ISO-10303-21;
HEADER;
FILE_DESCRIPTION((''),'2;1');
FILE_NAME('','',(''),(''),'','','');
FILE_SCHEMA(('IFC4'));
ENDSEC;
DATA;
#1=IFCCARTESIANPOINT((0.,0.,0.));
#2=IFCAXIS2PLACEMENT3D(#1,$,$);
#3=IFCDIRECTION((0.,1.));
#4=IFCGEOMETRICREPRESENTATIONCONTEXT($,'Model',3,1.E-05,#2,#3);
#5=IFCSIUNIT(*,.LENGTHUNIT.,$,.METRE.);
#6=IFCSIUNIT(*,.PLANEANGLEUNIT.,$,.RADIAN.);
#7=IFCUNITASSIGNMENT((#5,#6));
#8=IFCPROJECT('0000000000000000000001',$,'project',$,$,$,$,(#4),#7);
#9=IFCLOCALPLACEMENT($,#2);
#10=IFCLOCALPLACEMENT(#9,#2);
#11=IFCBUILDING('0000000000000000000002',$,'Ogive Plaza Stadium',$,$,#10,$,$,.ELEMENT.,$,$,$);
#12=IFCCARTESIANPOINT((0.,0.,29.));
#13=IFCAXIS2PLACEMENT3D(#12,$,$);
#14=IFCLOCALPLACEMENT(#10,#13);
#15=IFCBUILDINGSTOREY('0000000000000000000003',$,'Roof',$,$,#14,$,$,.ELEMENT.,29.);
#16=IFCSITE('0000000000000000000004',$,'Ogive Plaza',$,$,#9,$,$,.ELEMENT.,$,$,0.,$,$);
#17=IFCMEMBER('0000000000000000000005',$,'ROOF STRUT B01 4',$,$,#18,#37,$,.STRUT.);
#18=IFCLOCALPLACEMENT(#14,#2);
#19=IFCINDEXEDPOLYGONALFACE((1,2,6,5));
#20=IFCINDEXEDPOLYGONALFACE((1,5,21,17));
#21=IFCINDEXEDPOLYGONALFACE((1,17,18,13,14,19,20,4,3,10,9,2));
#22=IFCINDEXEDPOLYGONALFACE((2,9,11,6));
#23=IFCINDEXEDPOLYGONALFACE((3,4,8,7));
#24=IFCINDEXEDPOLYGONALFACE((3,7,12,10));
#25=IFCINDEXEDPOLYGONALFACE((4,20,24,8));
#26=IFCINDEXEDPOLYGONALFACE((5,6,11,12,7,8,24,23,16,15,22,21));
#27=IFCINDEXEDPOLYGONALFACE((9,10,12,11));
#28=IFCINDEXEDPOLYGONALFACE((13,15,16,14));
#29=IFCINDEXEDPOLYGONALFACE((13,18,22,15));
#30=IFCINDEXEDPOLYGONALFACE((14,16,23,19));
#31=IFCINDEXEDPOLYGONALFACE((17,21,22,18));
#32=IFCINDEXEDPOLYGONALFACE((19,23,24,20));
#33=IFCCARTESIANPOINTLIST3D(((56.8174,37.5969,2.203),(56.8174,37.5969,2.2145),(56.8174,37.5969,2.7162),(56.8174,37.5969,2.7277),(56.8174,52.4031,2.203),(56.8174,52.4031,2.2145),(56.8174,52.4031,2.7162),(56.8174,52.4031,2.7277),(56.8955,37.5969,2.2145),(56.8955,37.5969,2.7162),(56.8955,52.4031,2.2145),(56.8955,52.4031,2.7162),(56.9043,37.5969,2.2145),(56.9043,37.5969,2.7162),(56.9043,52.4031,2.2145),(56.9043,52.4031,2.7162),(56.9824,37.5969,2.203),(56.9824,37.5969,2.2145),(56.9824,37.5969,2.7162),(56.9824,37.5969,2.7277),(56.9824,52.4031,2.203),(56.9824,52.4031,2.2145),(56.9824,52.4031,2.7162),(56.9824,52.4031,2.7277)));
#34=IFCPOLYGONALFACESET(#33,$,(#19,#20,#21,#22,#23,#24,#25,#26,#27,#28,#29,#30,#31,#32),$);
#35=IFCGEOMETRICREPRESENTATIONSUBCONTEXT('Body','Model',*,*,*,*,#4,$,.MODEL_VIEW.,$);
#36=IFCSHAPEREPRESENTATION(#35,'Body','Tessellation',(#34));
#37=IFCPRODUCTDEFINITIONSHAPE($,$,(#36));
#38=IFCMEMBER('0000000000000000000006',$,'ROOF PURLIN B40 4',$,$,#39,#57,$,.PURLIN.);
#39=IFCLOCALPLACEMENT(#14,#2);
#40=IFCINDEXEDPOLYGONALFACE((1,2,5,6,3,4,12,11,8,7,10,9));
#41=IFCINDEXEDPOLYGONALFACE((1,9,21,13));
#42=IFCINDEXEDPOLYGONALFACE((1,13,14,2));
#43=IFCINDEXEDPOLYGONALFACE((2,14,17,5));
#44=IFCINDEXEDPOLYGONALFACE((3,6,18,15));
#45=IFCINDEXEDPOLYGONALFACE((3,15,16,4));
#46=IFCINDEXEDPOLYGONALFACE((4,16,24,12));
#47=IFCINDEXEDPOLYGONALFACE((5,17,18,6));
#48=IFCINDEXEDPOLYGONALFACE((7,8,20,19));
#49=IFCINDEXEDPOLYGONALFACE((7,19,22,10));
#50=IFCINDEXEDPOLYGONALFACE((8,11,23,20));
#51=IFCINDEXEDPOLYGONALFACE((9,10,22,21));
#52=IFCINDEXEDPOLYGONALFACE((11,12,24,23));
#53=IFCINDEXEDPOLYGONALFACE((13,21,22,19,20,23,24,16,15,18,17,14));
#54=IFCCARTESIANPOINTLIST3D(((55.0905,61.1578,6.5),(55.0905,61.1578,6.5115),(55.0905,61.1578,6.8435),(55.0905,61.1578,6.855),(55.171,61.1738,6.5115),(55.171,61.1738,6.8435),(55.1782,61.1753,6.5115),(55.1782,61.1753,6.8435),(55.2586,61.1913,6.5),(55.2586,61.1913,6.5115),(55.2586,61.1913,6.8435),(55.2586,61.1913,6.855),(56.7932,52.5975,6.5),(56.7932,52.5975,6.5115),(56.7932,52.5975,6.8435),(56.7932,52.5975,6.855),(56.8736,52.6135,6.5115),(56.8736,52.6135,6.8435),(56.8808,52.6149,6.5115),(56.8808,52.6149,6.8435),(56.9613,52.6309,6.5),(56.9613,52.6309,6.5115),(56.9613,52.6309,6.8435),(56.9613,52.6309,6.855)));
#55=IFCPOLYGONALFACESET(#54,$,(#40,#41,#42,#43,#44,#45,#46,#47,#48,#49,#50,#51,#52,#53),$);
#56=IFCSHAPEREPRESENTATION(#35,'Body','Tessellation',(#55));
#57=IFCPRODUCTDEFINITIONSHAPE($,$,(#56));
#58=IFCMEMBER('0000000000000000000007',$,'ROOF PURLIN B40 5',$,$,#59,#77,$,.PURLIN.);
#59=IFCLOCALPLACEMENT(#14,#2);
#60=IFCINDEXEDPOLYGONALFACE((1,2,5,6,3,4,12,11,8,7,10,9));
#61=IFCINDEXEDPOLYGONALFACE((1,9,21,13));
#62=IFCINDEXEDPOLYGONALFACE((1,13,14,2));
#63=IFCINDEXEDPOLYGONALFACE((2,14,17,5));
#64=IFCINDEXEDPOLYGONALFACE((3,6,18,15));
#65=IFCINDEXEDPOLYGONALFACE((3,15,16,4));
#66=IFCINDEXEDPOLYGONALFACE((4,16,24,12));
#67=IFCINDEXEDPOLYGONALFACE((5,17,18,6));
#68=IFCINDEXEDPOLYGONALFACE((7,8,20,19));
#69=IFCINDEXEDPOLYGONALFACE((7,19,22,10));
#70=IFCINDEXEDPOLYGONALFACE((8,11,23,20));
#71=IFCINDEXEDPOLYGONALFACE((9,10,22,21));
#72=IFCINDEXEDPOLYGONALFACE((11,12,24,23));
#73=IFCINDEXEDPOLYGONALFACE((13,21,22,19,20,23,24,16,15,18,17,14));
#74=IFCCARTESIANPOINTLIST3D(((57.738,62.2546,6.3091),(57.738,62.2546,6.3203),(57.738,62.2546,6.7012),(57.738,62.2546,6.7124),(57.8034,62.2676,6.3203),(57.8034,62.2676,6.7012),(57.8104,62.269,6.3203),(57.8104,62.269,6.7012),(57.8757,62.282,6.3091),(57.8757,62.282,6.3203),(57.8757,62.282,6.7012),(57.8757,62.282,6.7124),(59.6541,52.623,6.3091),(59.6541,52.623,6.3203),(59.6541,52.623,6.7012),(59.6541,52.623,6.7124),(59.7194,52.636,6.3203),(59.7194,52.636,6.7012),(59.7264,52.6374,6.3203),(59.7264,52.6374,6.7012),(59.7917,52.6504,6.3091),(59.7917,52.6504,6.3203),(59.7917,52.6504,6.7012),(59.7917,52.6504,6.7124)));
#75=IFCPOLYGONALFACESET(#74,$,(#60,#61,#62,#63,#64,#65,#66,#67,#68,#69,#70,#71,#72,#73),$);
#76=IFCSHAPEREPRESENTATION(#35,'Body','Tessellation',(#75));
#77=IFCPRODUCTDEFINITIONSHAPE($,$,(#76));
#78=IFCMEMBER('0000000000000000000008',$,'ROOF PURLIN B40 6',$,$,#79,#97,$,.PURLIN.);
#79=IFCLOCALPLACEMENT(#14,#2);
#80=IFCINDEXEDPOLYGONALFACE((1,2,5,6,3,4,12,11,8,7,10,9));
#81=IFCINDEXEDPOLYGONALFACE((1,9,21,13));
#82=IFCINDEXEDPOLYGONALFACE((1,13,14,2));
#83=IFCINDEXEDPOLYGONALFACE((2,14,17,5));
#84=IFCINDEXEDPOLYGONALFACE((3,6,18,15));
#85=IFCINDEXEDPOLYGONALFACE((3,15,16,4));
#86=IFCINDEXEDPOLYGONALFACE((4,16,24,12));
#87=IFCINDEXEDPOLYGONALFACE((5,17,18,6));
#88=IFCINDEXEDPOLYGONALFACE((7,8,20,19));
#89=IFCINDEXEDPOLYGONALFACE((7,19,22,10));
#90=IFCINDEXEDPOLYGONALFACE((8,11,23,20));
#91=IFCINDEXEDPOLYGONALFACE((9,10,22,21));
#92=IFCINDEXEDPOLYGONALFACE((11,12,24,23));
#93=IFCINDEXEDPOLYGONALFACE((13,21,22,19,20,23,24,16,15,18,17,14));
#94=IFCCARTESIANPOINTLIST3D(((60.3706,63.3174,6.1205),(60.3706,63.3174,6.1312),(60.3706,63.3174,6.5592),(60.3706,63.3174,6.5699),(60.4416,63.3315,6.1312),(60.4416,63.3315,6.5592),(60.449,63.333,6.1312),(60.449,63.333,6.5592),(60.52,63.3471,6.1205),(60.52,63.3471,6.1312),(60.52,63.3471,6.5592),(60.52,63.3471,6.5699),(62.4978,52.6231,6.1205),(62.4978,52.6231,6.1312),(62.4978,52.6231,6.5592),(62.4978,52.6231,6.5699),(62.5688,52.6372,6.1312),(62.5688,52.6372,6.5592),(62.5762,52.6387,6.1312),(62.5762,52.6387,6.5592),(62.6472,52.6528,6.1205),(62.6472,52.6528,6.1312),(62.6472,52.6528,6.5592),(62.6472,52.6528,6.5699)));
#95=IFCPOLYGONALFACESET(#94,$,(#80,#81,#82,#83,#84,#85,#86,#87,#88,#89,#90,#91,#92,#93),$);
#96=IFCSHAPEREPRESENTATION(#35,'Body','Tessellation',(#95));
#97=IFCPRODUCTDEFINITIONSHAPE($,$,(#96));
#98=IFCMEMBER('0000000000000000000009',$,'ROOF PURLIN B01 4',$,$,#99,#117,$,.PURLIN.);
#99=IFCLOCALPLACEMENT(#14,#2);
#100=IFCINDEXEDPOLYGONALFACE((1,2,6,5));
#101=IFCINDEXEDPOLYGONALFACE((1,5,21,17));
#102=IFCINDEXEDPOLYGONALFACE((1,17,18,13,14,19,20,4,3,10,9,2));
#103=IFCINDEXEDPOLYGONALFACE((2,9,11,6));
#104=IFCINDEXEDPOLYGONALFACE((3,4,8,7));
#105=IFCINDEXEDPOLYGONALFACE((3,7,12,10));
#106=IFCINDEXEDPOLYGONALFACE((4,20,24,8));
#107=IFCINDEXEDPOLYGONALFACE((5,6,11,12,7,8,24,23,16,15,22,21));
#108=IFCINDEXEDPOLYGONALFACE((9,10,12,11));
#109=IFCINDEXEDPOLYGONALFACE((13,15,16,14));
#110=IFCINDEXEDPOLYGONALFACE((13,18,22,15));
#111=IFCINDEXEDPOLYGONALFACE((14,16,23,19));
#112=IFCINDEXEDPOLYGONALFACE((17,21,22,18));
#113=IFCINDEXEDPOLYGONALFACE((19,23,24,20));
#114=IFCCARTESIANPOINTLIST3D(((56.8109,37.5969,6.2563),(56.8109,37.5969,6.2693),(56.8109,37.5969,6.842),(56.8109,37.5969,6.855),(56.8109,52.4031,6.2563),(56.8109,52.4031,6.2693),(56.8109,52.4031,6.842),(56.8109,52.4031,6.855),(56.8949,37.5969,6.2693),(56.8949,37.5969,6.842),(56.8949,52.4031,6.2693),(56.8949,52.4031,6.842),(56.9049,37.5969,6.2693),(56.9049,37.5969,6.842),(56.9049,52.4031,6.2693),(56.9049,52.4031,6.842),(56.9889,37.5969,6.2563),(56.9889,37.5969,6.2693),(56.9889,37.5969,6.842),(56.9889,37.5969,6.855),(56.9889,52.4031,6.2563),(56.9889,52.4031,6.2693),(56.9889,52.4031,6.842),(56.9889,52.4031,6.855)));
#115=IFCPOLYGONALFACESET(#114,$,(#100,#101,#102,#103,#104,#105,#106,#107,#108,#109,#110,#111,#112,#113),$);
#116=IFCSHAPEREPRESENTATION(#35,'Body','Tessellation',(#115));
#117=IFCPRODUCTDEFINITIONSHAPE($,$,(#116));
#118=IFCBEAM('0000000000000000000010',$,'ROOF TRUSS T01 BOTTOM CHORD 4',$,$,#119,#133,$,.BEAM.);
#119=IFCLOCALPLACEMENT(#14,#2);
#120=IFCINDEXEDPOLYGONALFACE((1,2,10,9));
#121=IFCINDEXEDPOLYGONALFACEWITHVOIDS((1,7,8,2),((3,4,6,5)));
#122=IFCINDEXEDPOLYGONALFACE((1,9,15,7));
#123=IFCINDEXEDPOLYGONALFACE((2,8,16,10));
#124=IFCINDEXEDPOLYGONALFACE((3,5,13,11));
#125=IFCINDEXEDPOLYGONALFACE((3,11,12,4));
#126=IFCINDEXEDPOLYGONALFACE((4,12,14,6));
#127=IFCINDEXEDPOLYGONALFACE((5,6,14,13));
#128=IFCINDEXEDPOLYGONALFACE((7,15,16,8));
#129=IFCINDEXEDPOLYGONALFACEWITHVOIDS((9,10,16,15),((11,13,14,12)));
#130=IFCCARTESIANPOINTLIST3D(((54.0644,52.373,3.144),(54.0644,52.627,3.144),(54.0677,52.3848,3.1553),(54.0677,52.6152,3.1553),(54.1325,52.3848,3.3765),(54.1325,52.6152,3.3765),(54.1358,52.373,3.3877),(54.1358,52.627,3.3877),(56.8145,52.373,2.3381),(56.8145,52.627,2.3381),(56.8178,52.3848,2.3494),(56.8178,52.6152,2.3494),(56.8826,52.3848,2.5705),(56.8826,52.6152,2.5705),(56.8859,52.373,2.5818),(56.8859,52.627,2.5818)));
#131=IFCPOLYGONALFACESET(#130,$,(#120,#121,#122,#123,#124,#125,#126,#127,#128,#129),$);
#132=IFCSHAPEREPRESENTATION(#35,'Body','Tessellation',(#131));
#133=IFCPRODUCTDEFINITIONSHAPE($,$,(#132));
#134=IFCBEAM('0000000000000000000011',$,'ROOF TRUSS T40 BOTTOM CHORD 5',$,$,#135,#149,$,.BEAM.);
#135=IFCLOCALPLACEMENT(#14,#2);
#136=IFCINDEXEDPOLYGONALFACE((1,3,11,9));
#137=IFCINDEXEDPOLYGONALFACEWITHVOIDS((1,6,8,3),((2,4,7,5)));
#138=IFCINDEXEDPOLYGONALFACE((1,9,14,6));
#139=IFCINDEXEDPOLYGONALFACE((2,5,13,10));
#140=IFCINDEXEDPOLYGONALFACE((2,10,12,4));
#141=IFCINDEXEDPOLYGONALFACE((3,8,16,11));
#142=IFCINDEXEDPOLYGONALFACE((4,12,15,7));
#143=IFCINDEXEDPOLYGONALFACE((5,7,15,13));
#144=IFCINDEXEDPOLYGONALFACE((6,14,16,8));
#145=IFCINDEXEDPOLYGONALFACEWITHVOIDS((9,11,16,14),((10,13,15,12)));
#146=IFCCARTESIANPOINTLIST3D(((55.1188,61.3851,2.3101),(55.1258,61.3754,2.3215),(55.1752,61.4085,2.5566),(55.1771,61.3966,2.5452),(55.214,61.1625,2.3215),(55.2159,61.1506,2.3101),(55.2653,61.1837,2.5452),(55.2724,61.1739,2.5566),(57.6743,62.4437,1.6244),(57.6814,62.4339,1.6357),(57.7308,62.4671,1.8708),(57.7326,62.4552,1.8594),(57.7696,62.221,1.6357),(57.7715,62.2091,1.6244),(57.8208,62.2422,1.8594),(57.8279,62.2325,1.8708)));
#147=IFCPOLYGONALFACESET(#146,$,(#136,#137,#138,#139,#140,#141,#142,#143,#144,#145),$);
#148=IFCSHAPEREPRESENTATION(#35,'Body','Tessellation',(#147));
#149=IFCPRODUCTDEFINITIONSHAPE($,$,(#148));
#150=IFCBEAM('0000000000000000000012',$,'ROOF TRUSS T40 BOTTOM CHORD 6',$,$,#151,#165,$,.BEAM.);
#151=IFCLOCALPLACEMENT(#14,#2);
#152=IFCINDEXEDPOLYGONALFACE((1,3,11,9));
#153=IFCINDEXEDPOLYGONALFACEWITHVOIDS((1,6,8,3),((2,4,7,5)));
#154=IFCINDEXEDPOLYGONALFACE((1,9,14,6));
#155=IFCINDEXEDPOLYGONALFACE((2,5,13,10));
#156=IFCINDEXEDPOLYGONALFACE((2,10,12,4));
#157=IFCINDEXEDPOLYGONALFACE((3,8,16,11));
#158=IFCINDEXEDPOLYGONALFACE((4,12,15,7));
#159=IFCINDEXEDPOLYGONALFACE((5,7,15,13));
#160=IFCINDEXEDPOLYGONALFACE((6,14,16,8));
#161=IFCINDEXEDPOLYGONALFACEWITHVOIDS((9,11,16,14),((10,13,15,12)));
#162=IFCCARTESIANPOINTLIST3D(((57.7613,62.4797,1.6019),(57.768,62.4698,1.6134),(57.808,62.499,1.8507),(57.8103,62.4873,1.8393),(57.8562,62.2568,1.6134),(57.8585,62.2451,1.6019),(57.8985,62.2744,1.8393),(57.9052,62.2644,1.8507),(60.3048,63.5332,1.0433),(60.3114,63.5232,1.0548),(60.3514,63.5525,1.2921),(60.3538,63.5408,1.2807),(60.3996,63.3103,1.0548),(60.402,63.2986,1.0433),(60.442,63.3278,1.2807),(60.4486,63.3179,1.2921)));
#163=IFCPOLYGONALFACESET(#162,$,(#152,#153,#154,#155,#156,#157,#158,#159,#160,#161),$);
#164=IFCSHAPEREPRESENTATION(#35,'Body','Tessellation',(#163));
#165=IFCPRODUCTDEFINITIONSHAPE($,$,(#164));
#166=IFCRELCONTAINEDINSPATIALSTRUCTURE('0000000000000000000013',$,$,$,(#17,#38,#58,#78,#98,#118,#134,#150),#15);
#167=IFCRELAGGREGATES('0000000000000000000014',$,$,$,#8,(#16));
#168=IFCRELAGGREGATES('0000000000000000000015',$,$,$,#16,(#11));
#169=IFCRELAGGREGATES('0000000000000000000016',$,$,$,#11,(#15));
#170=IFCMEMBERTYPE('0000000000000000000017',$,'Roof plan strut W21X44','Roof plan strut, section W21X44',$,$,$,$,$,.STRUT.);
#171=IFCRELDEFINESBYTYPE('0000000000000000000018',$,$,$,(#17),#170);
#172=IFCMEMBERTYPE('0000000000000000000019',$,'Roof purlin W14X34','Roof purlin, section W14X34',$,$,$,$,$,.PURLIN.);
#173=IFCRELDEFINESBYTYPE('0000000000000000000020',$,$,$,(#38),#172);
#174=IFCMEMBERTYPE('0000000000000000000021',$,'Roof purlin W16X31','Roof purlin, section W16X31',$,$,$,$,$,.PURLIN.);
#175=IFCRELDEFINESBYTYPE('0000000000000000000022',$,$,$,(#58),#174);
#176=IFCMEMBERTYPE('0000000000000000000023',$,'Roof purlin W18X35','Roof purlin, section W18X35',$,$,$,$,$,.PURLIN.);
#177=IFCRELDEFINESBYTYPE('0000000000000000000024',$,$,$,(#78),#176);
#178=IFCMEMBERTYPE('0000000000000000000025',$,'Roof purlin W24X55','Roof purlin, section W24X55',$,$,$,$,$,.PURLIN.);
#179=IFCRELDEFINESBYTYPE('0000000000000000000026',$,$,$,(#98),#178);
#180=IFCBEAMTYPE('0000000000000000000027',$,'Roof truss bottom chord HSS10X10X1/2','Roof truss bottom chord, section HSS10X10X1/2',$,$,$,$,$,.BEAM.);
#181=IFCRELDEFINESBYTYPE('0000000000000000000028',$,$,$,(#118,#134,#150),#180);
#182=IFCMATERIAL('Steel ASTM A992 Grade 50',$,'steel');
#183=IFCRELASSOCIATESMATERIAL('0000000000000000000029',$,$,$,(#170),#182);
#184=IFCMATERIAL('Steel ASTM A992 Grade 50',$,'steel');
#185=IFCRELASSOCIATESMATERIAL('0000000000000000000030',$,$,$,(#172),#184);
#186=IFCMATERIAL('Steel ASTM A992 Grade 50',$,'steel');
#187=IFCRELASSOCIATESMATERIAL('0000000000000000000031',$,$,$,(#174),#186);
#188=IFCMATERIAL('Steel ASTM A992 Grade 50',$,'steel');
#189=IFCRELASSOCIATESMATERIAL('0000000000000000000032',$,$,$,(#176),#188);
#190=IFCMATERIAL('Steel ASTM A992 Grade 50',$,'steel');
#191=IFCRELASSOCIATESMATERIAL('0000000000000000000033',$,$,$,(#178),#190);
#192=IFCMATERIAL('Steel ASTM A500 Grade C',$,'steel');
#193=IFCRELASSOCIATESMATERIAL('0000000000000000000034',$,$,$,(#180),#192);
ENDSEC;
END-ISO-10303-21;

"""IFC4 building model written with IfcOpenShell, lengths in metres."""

from ifc_helpers import new_model, si_unit, direction, frame, origin, origin_2d, place, context, subcontext, project, spatial, hollow_rectangle, i_section, extrude, material, material_profile, profile_set, type_object, element, save


model = new_model("IFC4")

# Units and contexts
model_context = context("Model", 3, precision=1e-05, world=origin(), true_north=direction((0.0, 1.0)))
body_context = subcontext(model_context, "Body", "Model", "MODEL_VIEW")
ifc_project = project(units=[si_unit("LENGTHUNIT", "METRE"), si_unit("PLANEANGLEUNIT", "RADIAN")], contexts=[model_context])

# Site, building, storey
site_placement = place(None, origin())
site = spatial("IfcSite", under=ifc_project, at=site_placement, Name="Ogive Plaza", CompositionType="ELEMENT", RefElevation=0.0)
building_placement = place(site_placement, origin())
building = spatial("IfcBuilding", under=site, at=building_placement, Name="Ogive Plaza Stadium", CompositionType="ELEMENT")
storey_placement = place(building_placement, frame((0.0, 0.0, 29.0)))
storey = spatial("IfcBuildingStorey", under=building, at=storey_placement, Name="Roof", CompositionType="ELEMENT", Elevation=29.0)

# Members
ifc_material_1 = material(Name="Steel ASTM A992 Grade 50", Category="steel")
ifc_material_profile_1 = material_profile(ifc_material_1, i_section(OverallWidth=0.165, OverallDepth=0.5247, WebThickness=0.0088, FlangeThickness=0.0115, at=origin_2d()), Name="W21X44")
ifc_profile_set_1 = profile_set([ifc_material_profile_1], Name="Steel ASTM A992 Grade 50")
member_type_1 = type_object("IfcMemberType", Name="Roof plan strut W21X44", Description="Roof plan strut, section W21X44", PredefinedType="STRUT", material=ifc_profile_set_1)
member_1_placement = place(storey_placement, frame((56.8999, 52.4031, 2.4653), z_axis=(0.0, -1.0, 0.0), x_axis=(1.0, 0.0, 0.0)))
element("IfcMember", 1, at=member_1_placement, inside=storey, type_object=member_type_1, Name="ROOF STRUT B01 4", PredefinedType="STRUT", context=body_context, shape_type="SweptSolid", body=[
    extrude(i_section(OverallWidth=0.165, OverallDepth=0.5247, WebThickness=0.0088, FlangeThickness=0.0115, at=origin_2d()), origin(), (0.0, 0.0, 1.0), 14.8062),
])
ifc_material_2 = material(Name="Steel ASTM A992 Grade 50", Category="steel")
ifc_material_profile_2 = material_profile(ifc_material_2, i_section(OverallWidth=0.1714, OverallDepth=0.355, WebThickness=0.0073, FlangeThickness=0.0115, at=origin_2d()), Name="W14X34")
ifc_profile_set_2 = profile_set([ifc_material_profile_2], Name="Steel ASTM A992 Grade 50")
member_type_2 = type_object("IfcMemberType", Name="Roof purlin W14X34", Description="Roof purlin, section W14X34", PredefinedType="PURLIN", material=ifc_profile_set_2)
member_2_placement = place(storey_placement, frame((55.1746, 61.1746, 6.6775), z_axis=(0.195078, -0.980788, 0.0), x_axis=(0.980788, 0.195078, 0.0)))
element("IfcMember", 2, at=member_2_placement, inside=storey, type_object=member_type_2, Name="ROOF PURLIN B40 4", PredefinedType="PURLIN", context=body_context, shape_type="SweptSolid", body=[
    extrude(i_section(OverallWidth=0.1714, OverallDepth=0.355, WebThickness=0.0073, FlangeThickness=0.0115, at=origin_2d()), origin(), (0.0, 0.0, 1.0), 8.728),
])
ifc_material_3 = material(Name="Steel ASTM A992 Grade 50", Category="steel")
ifc_material_profile_3 = material_profile(ifc_material_3, i_section(OverallWidth=0.1404, OverallDepth=0.4033, WebThickness=0.0071, FlangeThickness=0.0112, at=origin_2d()), Name="W16X31")
ifc_profile_set_3 = profile_set([ifc_material_profile_3], Name="Steel ASTM A992 Grade 50")
member_type_3 = type_object("IfcMemberType", Name="Roof purlin W16X31", Description="Roof purlin, section W16X31", PredefinedType="PURLIN", material=ifc_profile_set_3)
member_3_placement = place(storey_placement, frame((57.8069, 62.2683, 6.5107), z_axis=(0.195107, -0.980782, 0.0), x_axis=(0.980782, 0.195107, 0.0)))
element("IfcMember", 3, at=member_3_placement, inside=storey, type_object=member_type_3, Name="ROOF PURLIN B40 5", PredefinedType="PURLIN", context=body_context, shape_type="SweptSolid", body=[
    extrude(i_section(OverallWidth=0.1404, OverallDepth=0.4033, WebThickness=0.0071, FlangeThickness=0.0112, at=origin_2d()), origin(), (0.0, 0.0, 1.0), 9.8203),
])
ifc_material_4 = material(Name="Steel ASTM A992 Grade 50", Category="steel")
ifc_material_profile_4 = material_profile(ifc_material_4, i_section(OverallWidth=0.1523, OverallDepth=0.4495, WebThickness=0.0076, FlangeThickness=0.0107, at=origin_2d()), Name="W18X35")
ifc_profile_set_4 = profile_set([ifc_material_profile_4], Name="Steel ASTM A992 Grade 50")
member_type_4 = type_object("IfcMemberType", Name="Roof purlin W18X35", Description="Roof purlin, section W18X35", PredefinedType="PURLIN", material=ifc_profile_set_4)
member_4_placement = place(storey_placement, frame((60.4453, 63.3323, 6.3452), z_axis=(0.195087, -0.980786, 0.0), x_axis=(0.980786, 0.195087, 0.0)))
element("IfcMember", 4, at=member_4_placement, inside=storey, type_object=member_type_4, Name="ROOF PURLIN B40 6", PredefinedType="PURLIN", context=body_context, shape_type="SweptSolid", body=[
    extrude(i_section(OverallWidth=0.1523, OverallDepth=0.4495, WebThickness=0.0076, FlangeThickness=0.0107, at=origin_2d()), origin(), (0.0, 0.0, 1.0), 10.9038),
])
ifc_material_5 = material(Name="Steel ASTM A992 Grade 50", Category="steel")
ifc_material_profile_5 = material_profile(ifc_material_5, i_section(OverallWidth=0.178, OverallDepth=0.5986, WebThickness=0.01, FlangeThickness=0.0129, at=origin_2d()), Name="W24X55")
ifc_profile_set_5 = profile_set([ifc_material_profile_5], Name="Steel ASTM A992 Grade 50")
member_type_5 = type_object("IfcMemberType", Name="Roof purlin W24X55", Description="Roof purlin, section W24X55", PredefinedType="PURLIN", material=ifc_profile_set_5)
member_5_placement = place(storey_placement, frame((56.8999, 52.4031, 6.5557), z_axis=(0.0, -1.0, 0.0), x_axis=(1.0, 0.0, 0.0)))
element("IfcMember", 5, at=member_5_placement, inside=storey, type_object=member_type_5, Name="ROOF PURLIN B01 4", PredefinedType="PURLIN", context=body_context, shape_type="SweptSolid", body=[
    extrude(i_section(OverallWidth=0.178, OverallDepth=0.5986, WebThickness=0.01, FlangeThickness=0.0129, at=origin_2d()), origin(), (0.0, 0.0, 1.0), 14.8062),
])

# Beams
ifc_material_6 = material(Name="Steel ASTM A500 Grade C", Category="steel")
ifc_material_profile_6 = material_profile(ifc_material_6, hollow_rectangle(XDim=0.2539, YDim=0.2539, WallThickness=0.0117, at=origin_2d()), Name="HSS10X10X1/2")
ifc_profile_set_6 = profile_set([ifc_material_profile_6], Name="Steel ASTM A500 Grade C")
beam_type_1 = type_object("IfcBeamType", Name="Roof truss bottom chord HSS10X10X1/2", Description="Roof truss bottom chord, section HSS10X10X1/2", PredefinedType="BEAM", material=ifc_profile_set_6)
beam_1_placement = place(storey_placement, frame((54.1001, 52.5, 3.2659), z_axis=(0.95964, 0.0, -0.28123), x_axis=(0.0, 1.0, 0.0)))
element("IfcBeam", 6, at=beam_1_placement, inside=storey, type_object=beam_type_1, Name="ROOF TRUSS T01 BOTTOM CHORD 4", PredefinedType="BEAM", context=body_context, shape_type="SweptSolid", body=[
    extrude(hollow_rectangle(XDim=0.2539, YDim=0.2539, WallThickness=0.0117, at=origin_2d()), origin(), (0.0, 0.0, 1.0), 2.8657),
])
beam_2_placement = place(storey_placement, frame((55.1956, 61.2795, 2.4333), z_axis=(0.896733, 0.37144, -0.240631), x_axis=(-0.382684, 0.923879, 0.0)))
element("IfcBeam", 7, at=beam_2_placement, inside=storey, type_object=beam_type_1, Name="ROOF TRUSS T40 BOTTOM CHORD 5", PredefinedType="BEAM", context=body_context, shape_type="SweptSolid", body=[
    extrude(hollow_rectangle(XDim=0.2539, YDim=0.2539, WallThickness=0.0117, at=origin_2d()), origin(), (0.0, 0.0, 1.0), 2.8499),
])
beam_3_placement = place(storey_placement, frame((57.8333, 62.3721, 1.7263), z_axis=(0.905438, 0.375021, -0.198852), x_axis=(-0.382662, 0.923888, 0.0)))
element("IfcBeam", 8, at=beam_3_placement, inside=storey, type_object=beam_type_1, Name="ROOF TRUSS T40 BOTTOM CHORD 6", PredefinedType="BEAM", context=body_context, shape_type="SweptSolid", body=[
    extrude(hollow_rectangle(XDim=0.2539, YDim=0.2539, WallThickness=0.0117, at=origin_2d()), origin(), (0.0, 0.0, 1.0), 2.8091),
])

save(model, "model.ifc")
